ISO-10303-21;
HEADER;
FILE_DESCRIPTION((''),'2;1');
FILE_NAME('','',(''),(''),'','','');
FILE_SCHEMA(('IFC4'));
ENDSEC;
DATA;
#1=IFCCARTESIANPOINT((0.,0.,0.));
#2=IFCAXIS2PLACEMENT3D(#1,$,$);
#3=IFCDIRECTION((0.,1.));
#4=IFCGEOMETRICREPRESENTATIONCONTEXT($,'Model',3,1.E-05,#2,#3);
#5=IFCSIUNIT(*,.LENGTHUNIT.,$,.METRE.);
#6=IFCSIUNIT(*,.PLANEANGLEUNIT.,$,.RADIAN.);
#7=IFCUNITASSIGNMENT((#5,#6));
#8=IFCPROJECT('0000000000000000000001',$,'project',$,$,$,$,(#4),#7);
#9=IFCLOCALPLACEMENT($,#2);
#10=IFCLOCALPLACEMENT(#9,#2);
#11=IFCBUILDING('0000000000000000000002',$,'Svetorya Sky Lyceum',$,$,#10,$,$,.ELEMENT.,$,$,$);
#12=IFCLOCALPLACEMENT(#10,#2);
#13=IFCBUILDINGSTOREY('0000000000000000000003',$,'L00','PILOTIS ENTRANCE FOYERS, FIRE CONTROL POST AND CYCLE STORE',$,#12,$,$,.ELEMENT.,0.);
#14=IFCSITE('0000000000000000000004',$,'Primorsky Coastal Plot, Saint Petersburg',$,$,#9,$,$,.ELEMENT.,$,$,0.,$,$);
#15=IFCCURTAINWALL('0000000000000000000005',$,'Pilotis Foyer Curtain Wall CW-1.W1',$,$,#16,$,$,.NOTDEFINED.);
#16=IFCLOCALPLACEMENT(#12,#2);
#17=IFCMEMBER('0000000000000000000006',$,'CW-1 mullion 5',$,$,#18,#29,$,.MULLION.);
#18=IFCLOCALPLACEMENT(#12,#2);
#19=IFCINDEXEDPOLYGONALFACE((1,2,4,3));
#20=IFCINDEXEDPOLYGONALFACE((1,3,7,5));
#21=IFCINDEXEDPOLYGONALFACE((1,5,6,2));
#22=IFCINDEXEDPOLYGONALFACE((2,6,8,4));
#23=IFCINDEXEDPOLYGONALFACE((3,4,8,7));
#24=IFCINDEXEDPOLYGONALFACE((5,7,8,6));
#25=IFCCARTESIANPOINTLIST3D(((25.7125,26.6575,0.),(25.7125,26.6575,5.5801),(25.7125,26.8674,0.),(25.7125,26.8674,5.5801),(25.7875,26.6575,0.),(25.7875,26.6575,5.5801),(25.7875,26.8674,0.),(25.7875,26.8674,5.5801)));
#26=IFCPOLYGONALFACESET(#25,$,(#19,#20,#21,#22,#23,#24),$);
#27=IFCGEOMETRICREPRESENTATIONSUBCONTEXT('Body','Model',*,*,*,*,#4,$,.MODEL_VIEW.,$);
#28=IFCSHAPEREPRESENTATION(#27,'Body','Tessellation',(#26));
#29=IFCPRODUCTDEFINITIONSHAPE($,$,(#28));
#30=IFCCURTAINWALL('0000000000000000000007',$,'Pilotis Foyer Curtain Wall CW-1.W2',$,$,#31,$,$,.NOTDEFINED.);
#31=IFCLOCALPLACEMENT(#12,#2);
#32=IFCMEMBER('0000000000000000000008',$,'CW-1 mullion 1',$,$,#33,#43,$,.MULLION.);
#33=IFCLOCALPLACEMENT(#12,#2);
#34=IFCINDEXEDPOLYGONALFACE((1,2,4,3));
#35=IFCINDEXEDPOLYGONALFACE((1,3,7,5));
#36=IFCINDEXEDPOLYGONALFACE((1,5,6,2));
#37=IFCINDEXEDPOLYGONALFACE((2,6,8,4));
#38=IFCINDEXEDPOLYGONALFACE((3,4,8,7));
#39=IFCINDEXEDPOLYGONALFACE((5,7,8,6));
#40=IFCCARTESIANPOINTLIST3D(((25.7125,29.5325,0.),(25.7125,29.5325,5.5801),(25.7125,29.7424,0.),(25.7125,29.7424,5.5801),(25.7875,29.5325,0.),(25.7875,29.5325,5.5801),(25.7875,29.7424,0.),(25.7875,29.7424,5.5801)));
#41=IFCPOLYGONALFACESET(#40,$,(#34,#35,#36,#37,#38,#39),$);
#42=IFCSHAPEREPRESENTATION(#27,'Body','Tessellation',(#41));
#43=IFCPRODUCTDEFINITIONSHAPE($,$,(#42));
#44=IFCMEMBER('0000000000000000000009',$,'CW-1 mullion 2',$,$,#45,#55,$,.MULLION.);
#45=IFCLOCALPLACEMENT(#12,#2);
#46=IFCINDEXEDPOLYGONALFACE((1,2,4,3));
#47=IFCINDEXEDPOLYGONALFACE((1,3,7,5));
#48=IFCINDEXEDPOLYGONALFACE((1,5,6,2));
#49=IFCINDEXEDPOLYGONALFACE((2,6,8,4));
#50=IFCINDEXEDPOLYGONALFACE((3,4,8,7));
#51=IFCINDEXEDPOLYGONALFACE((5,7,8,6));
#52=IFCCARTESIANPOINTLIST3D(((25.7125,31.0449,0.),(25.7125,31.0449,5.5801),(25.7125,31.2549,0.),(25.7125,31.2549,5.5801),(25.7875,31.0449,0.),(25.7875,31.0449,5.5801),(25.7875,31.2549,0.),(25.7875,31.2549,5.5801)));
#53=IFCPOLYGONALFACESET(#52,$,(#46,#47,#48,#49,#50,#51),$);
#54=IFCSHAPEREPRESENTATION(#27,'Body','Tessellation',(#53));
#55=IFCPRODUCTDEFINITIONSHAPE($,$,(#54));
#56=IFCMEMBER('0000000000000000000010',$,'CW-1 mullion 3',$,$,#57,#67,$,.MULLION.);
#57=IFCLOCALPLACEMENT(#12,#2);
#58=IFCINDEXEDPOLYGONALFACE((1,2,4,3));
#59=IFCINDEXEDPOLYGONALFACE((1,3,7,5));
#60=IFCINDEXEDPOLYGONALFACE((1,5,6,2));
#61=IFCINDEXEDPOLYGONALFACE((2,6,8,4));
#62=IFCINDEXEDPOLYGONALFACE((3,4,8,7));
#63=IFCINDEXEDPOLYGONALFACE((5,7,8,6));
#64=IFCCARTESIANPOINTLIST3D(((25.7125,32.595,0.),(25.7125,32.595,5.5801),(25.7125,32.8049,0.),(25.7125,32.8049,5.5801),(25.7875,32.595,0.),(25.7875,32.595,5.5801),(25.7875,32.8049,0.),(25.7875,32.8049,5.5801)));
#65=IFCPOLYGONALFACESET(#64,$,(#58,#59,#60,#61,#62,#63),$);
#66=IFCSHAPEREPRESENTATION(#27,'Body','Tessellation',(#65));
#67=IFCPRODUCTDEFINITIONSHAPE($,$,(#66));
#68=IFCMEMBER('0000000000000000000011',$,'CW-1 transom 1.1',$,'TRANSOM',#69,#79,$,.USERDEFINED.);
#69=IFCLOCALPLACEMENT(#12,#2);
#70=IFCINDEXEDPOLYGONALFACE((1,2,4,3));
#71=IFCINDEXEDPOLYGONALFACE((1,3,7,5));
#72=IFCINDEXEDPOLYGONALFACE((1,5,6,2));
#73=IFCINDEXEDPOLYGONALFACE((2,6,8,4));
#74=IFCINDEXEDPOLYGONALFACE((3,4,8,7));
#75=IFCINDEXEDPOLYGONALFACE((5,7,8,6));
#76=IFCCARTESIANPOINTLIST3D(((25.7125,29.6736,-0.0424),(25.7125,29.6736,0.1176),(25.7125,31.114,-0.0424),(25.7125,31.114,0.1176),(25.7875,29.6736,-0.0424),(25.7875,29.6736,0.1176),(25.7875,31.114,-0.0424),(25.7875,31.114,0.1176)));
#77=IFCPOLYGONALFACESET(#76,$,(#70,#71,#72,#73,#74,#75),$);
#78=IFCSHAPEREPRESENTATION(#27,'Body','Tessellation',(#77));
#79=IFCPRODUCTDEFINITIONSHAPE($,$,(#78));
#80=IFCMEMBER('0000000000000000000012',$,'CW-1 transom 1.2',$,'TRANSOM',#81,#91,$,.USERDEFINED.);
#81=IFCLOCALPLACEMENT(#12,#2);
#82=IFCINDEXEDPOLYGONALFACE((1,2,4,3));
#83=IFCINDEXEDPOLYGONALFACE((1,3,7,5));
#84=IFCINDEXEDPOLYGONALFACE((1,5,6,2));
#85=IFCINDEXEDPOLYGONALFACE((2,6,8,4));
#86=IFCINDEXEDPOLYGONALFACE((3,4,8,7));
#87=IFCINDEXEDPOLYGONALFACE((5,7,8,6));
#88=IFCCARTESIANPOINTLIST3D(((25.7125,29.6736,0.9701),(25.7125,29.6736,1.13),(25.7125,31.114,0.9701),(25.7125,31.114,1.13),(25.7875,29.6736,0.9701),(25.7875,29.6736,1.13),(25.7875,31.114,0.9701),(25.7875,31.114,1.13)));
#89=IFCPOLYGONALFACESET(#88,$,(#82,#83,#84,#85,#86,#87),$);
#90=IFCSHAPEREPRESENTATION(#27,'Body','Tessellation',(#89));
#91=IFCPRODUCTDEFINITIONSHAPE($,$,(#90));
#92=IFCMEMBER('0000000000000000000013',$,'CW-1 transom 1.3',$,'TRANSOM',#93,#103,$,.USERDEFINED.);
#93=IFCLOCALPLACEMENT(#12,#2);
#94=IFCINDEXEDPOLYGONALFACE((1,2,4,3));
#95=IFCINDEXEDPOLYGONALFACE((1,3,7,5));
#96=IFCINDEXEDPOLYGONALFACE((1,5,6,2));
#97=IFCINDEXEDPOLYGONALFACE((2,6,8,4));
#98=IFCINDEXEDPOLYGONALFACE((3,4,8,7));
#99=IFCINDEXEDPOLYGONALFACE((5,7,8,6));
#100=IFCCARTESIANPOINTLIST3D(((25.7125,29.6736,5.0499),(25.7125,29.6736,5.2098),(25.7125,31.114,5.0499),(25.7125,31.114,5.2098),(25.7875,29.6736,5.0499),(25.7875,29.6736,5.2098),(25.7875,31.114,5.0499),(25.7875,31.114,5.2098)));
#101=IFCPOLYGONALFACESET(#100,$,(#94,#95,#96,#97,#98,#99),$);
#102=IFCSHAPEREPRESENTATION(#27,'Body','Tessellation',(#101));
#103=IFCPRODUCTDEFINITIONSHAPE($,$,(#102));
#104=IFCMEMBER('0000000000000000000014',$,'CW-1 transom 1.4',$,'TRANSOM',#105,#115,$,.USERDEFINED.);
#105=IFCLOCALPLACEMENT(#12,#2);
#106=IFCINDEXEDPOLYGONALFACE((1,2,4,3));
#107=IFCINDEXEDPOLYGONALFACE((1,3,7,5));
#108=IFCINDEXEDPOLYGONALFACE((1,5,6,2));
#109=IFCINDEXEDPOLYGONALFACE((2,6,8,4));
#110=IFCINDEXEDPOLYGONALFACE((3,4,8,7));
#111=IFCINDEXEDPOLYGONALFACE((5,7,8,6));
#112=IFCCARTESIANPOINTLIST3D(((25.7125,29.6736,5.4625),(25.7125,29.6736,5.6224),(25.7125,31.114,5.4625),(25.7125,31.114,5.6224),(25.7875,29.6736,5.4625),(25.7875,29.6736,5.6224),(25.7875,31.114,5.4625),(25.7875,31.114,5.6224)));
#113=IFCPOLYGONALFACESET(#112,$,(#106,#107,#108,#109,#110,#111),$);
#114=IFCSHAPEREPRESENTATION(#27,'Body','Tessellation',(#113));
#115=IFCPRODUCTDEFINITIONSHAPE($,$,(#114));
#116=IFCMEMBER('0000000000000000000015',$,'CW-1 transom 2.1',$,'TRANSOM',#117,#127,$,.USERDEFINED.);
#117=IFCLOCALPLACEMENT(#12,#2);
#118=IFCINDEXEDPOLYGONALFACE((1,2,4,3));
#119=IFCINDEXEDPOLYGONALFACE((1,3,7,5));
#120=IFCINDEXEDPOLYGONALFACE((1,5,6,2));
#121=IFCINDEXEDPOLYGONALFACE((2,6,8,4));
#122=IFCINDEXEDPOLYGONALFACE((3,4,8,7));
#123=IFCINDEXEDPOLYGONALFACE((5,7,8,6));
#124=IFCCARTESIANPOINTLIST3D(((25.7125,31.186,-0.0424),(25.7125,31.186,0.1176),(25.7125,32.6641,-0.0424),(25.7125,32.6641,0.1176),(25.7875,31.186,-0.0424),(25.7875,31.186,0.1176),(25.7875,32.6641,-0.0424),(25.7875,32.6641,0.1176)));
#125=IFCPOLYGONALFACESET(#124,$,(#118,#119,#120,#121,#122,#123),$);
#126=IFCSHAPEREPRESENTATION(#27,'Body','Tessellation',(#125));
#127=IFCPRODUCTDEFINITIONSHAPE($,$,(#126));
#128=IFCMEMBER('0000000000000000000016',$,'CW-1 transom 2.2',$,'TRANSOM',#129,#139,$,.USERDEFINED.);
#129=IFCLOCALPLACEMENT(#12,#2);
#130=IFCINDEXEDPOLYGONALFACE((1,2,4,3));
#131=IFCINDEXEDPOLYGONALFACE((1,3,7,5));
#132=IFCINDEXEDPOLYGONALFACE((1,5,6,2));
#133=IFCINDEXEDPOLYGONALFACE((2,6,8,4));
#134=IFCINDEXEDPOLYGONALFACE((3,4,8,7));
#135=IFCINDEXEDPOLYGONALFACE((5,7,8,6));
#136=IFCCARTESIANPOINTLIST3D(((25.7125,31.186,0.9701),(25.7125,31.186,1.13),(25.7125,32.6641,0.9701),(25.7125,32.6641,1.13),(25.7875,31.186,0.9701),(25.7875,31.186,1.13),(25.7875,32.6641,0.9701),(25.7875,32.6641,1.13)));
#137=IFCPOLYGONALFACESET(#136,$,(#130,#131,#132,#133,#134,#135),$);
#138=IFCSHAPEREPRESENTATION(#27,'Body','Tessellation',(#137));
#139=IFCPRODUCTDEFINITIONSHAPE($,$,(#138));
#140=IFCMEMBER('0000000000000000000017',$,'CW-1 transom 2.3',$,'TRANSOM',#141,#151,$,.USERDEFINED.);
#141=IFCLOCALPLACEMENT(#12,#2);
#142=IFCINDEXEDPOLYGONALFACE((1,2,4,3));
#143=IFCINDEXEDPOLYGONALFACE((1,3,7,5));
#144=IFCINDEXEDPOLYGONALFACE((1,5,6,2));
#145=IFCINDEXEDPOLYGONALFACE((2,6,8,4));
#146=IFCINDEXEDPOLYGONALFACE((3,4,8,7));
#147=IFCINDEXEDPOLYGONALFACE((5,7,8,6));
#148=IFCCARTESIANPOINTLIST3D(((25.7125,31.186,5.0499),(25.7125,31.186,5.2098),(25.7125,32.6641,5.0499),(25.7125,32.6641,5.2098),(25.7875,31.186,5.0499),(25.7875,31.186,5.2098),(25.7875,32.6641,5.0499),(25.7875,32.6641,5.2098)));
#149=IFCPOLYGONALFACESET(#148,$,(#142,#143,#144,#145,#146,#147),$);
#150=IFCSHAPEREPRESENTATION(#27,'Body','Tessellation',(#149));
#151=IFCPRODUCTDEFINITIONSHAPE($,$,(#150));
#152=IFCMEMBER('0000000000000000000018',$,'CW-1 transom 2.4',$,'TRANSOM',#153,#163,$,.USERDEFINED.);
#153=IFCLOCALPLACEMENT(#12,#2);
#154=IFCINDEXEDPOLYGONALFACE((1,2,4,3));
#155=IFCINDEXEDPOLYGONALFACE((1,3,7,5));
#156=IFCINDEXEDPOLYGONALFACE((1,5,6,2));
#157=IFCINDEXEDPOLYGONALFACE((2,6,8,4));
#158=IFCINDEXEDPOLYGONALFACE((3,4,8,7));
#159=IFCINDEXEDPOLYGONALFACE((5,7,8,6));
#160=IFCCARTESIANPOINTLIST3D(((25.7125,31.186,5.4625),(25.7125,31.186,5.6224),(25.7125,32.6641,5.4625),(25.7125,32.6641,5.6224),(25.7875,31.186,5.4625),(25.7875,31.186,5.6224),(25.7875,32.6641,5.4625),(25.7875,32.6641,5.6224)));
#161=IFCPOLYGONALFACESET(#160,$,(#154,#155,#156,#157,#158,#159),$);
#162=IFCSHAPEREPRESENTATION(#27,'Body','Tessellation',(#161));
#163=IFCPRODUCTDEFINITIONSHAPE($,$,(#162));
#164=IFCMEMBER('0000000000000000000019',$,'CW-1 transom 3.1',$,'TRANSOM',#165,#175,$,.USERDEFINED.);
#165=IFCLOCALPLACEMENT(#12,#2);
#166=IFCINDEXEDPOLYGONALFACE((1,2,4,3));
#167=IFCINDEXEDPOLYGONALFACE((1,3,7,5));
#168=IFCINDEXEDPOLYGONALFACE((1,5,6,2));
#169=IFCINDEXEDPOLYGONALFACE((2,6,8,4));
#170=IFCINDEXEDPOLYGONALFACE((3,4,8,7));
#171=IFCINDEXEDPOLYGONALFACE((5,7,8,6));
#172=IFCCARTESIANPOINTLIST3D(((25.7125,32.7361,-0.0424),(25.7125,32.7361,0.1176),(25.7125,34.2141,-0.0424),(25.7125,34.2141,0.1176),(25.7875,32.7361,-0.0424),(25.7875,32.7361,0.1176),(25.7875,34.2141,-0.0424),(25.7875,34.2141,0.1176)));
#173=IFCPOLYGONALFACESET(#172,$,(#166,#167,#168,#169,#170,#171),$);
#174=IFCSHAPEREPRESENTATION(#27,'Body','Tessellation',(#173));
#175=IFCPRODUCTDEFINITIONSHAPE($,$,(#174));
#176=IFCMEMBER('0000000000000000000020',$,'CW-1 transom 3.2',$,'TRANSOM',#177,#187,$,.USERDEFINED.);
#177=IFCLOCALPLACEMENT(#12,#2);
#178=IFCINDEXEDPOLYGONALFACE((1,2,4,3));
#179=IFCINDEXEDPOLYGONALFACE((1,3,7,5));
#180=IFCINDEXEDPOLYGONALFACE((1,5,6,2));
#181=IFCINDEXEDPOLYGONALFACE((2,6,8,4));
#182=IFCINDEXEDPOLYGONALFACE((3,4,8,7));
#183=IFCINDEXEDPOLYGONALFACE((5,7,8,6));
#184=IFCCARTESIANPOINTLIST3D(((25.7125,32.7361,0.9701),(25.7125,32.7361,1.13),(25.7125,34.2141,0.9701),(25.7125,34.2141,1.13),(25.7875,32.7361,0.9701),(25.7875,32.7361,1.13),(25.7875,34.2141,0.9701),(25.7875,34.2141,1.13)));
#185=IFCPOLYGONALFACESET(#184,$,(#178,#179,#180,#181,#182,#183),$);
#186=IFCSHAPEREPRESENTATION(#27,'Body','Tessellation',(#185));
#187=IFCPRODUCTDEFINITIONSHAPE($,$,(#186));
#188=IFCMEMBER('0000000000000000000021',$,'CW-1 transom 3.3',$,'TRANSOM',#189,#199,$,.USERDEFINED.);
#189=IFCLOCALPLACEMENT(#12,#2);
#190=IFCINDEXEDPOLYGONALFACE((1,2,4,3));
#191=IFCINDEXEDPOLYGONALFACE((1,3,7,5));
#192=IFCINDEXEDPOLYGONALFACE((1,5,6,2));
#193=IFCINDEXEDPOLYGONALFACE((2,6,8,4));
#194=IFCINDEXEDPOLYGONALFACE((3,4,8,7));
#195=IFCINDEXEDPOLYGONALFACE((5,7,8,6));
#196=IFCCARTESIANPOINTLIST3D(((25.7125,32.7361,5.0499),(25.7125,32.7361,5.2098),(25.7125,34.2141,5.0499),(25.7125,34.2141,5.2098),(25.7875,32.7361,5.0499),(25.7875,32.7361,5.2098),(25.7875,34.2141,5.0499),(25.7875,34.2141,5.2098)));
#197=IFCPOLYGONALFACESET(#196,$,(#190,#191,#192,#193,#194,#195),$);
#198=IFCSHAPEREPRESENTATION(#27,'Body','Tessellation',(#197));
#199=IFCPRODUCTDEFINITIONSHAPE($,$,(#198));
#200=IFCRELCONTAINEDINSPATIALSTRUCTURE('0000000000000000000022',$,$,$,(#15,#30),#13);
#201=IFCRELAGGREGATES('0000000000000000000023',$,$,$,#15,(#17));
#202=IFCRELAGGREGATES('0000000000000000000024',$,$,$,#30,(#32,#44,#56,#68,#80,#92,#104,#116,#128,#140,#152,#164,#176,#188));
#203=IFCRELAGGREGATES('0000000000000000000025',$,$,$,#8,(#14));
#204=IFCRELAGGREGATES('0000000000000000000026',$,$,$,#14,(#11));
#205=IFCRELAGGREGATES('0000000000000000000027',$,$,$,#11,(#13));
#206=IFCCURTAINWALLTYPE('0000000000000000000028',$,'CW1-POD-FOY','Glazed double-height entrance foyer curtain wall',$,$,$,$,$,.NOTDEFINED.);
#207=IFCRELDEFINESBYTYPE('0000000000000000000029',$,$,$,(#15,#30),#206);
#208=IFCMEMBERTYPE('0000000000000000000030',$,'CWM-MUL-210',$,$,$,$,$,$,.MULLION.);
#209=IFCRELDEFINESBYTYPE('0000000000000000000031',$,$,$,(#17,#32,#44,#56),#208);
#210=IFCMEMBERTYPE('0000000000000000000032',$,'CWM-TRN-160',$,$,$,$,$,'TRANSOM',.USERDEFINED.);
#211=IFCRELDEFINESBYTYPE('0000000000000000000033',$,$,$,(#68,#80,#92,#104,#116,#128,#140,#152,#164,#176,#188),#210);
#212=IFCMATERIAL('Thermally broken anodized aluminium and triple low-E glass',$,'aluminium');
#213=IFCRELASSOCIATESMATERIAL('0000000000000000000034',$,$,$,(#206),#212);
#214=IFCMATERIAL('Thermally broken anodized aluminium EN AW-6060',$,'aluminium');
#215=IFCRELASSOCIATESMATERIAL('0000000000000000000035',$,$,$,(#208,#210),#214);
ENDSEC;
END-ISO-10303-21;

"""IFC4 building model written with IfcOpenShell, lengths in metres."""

from ifc_helpers import new_model, si_unit, direction, frame, origin, origin_2d, place, context, subcontext, project, spatial, rectangle, extrude, material, material_profile, profile_set, type_object, element, aggregate, save


model = new_model("IFC4")

# Units and contexts
model_context = context("Model", 3, precision=1e-05, world=origin(), true_north=direction((0.0, 1.0)))
body_context = subcontext(model_context, "Body", "Model", "MODEL_VIEW")
ifc_project = project(units=[si_unit("LENGTHUNIT", "METRE"), si_unit("PLANEANGLEUNIT", "RADIAN")], contexts=[model_context])

# Site, building, storey
site_placement = place(None, origin())
site = spatial("IfcSite", under=ifc_project, at=site_placement, Name="Primorsky Coastal Plot, Saint Petersburg", CompositionType="ELEMENT", RefElevation=0.0)
building_placement = place(site_placement, origin())
building = spatial("IfcBuilding", under=site, at=building_placement, Name="Svetorya Sky Lyceum", CompositionType="ELEMENT")
storey_placement = place(building_placement, origin())
storey = spatial("IfcBuildingStorey", under=building, at=storey_placement, Name="L00", Description="PILOTIS ENTRANCE FOYERS, FIRE CONTROL POST AND CYCLE STORE", CompositionType="ELEMENT", Elevation=0.0)

# Curtain wall, member
ifc_material_1 = material(Name="Thermally broken anodized aluminium and triple low-E glass", Category="aluminium")
curtain_wall_type = type_object("IfcCurtainWallType", Name="CW1-POD-FOY", Description="Glazed double-height entrance foyer curtain wall", PredefinedType="NOTDEFINED", material=ifc_material_1)
curtain_wall_1_placement = place(storey_placement, origin())
curtain_wall_1 = element("IfcCurtainWall", 1, at=curtain_wall_1_placement, inside=storey, type_object=curtain_wall_type, Name="Pilotis Foyer Curtain Wall CW-1.W1", PredefinedType="NOTDEFINED")
ifc_material_2 = material(Name="Thermally broken anodized aluminium EN AW-6060", Category="aluminium")
ifc_material_profile_1 = material_profile(ifc_material_2, rectangle(XDim=0.075, YDim=0.21, at=origin_2d()), Name="ALU MULLION 75x210")
ifc_profile_set_1 = profile_set([ifc_material_profile_1], Name="Thermally broken anodized aluminium EN AW-6060")
member_type_1 = type_object("IfcMemberType", Name="CWM-MUL-210", PredefinedType="MULLION", material=ifc_profile_set_1)
member_1_placement = place(storey_placement, frame((25.75, 26.7625, 0.0), z_axis=(0.0, 0.0, 1.0), x_axis=(-1.0, 0.0, 0.0)))
member_1 = element("IfcMember", 2, at=member_1_placement, type_object=member_type_1, Name="CW-1 mullion 5", PredefinedType="MULLION", context=body_context, shape_type="SweptSolid", body=[
    extrude(rectangle(XDim=0.075, YDim=0.21, at=origin_2d()), origin(), (0.0, 0.0, 1.0), 5.5801),
])

# Curtain wall, members
curtain_wall_2_placement = place(storey_placement, origin())
curtain_wall_2 = element("IfcCurtainWall", 3, at=curtain_wall_2_placement, inside=storey, type_object=curtain_wall_type, Name="Pilotis Foyer Curtain Wall CW-1.W2", PredefinedType="NOTDEFINED")
member_2_placement = place(storey_placement, frame((25.75, 29.6375, 0.0), z_axis=(0.0, 0.0, 1.0), x_axis=(-1.0, 0.0, 0.0)))
member_2 = element("IfcMember", 4, at=member_2_placement, type_object=member_type_1, Name="CW-1 mullion 1", PredefinedType="MULLION", context=body_context, shape_type="SweptSolid", body=[
    extrude(rectangle(XDim=0.075, YDim=0.21, at=origin_2d()), origin(), (0.0, 0.0, 1.0), 5.5801),
])
member_3_placement = place(storey_placement, frame((25.75, 31.1499, 0.0), z_axis=(0.0, 0.0, 1.0), x_axis=(-1.0, 0.0, 0.0)))
member_3 = element("IfcMember", 5, at=member_3_placement, type_object=member_type_1, Name="CW-1 mullion 2", PredefinedType="MULLION", context=body_context, shape_type="SweptSolid", body=[
    extrude(rectangle(XDim=0.075, YDim=0.21, at=origin_2d()), origin(), (0.0, 0.0, 1.0), 5.5801),
])
member_4_placement = place(storey_placement, frame((25.75, 32.7, 0.0), z_axis=(0.0, 0.0, 1.0), x_axis=(-1.0, 0.0, 0.0)))
member_4 = element("IfcMember", 6, at=member_4_placement, type_object=member_type_1, Name="CW-1 mullion 3", PredefinedType="MULLION", context=body_context, shape_type="SweptSolid", body=[
    extrude(rectangle(XDim=0.075, YDim=0.21, at=origin_2d()), origin(), (0.0, 0.0, 1.0), 5.5801),
])
ifc_material_profile_2 = material_profile(ifc_material_2, rectangle(XDim=0.075, YDim=0.1599, at=origin_2d()), Name="ALU TRANSOM 75x160")
ifc_profile_set_2 = profile_set([ifc_material_profile_2], Name="Thermally broken anodized aluminium EN AW-6060")
member_type_2 = type_object("IfcMemberType", Name="CWM-TRN-160", ElementType="TRANSOM", PredefinedType="USERDEFINED", material=ifc_profile_set_2)
member_5_placement = place(storey_placement, frame((25.75, 29.6736, 0.0376), z_axis=(0.0, 1.0, 0.0), x_axis=(-1.0, 0.0, 0.0)))
member_5 = element("IfcMember", 7, at=member_5_placement, type_object=member_type_2, Name="CW-1 transom 1.1", ObjectType="TRANSOM", PredefinedType="USERDEFINED", context=body_context, shape_type="SweptSolid", body=[
    extrude(rectangle(XDim=0.075, YDim=0.1599, at=origin_2d()), origin(), (0.0, 0.0, 1.0), 1.4404),
])
member_6_placement = place(storey_placement, frame((25.75, 29.6736, 1.05), z_axis=(0.0, 1.0, 0.0), x_axis=(-1.0, 0.0, 0.0)))
member_6 = element("IfcMember", 8, at=member_6_placement, type_object=member_type_2, Name="CW-1 transom 1.2", ObjectType="TRANSOM", PredefinedType="USERDEFINED", context=body_context, shape_type="SweptSolid", body=[
    extrude(rectangle(XDim=0.075, YDim=0.1599, at=origin_2d()), origin(), (0.0, 0.0, 1.0), 1.4404),
])
member_7_placement = place(storey_placement, frame((25.75, 29.6736, 5.1299), z_axis=(0.0, 1.0, 0.0), x_axis=(-1.0, 0.0, 0.0)))
member_7 = element("IfcMember", 9, at=member_7_placement, type_object=member_type_2, Name="CW-1 transom 1.3", ObjectType="TRANSOM", PredefinedType="USERDEFINED", context=body_context, shape_type="SweptSolid", body=[
    extrude(rectangle(XDim=0.075, YDim=0.1599, at=origin_2d()), origin(), (0.0, 0.0, 1.0), 1.4404),
])
member_8_placement = place(storey_placement, frame((25.75, 29.6736, 5.5425), z_axis=(0.0, 1.0, 0.0), x_axis=(-1.0, 0.0, 0.0)))
member_8 = element("IfcMember", 10, at=member_8_placement, type_object=member_type_2, Name="CW-1 transom 1.4", ObjectType="TRANSOM", PredefinedType="USERDEFINED", context=body_context, shape_type="SweptSolid", body=[
    extrude(rectangle(XDim=0.075, YDim=0.1599, at=origin_2d()), origin(), (0.0, 0.0, 1.0), 1.4404),
])
member_9_placement = place(storey_placement, frame((25.75, 31.186, 0.0376), z_axis=(0.0, 1.0, 0.0), x_axis=(-1.0, 0.0, 0.0)))
member_9 = element("IfcMember", 11, at=member_9_placement, type_object=member_type_2, Name="CW-1 transom 2.1", ObjectType="TRANSOM", PredefinedType="USERDEFINED", context=body_context, shape_type="SweptSolid", body=[
    extrude(rectangle(XDim=0.075, YDim=0.1599, at=origin_2d()), origin(), (0.0, 0.0, 1.0), 1.478),
])
member_10_placement = place(storey_placement, frame((25.75, 31.186, 1.05), z_axis=(0.0, 1.0, 0.0), x_axis=(-1.0, 0.0, 0.0)))
member_10 = element("IfcMember", 12, at=member_10_placement, type_object=member_type_2, Name="CW-1 transom 2.2", ObjectType="TRANSOM", PredefinedType="USERDEFINED", context=body_context, shape_type="SweptSolid", body=[
    extrude(rectangle(XDim=0.075, YDim=0.1599, at=origin_2d()), origin(), (0.0, 0.0, 1.0), 1.478),
])
member_11_placement = place(storey_placement, frame((25.75, 31.186, 5.1299), z_axis=(0.0, 1.0, 0.0), x_axis=(-1.0, 0.0, 0.0)))
member_11 = element("IfcMember", 13, at=member_11_placement, type_object=member_type_2, Name="CW-1 transom 2.3", ObjectType="TRANSOM", PredefinedType="USERDEFINED", context=body_context, shape_type="SweptSolid", body=[
    extrude(rectangle(XDim=0.075, YDim=0.1599, at=origin_2d()), origin(), (0.0, 0.0, 1.0), 1.478),
])
member_12_placement = place(storey_placement, frame((25.75, 31.186, 5.5425), z_axis=(0.0, 1.0, 0.0), x_axis=(-1.0, 0.0, 0.0)))
member_12 = element("IfcMember", 14, at=member_12_placement, type_object=member_type_2, Name="CW-1 transom 2.4", ObjectType="TRANSOM", PredefinedType="USERDEFINED", context=body_context, shape_type="SweptSolid", body=[
    extrude(rectangle(XDim=0.075, YDim=0.1599, at=origin_2d()), origin(), (0.0, 0.0, 1.0), 1.478),
])
member_13_placement = place(storey_placement, frame((25.75, 32.7361, 0.0376), z_axis=(0.0, 1.0, 0.0), x_axis=(-1.0, 0.0, 0.0)))
member_13 = element("IfcMember", 15, at=member_13_placement, type_object=member_type_2, Name="CW-1 transom 3.1", ObjectType="TRANSOM", PredefinedType="USERDEFINED", context=body_context, shape_type="SweptSolid", body=[
    extrude(rectangle(XDim=0.075, YDim=0.1599, at=origin_2d()), origin(), (0.0, 0.0, 1.0), 1.478),
])
member_14_placement = place(storey_placement, frame((25.75, 32.7361, 1.05), z_axis=(0.0, 1.0, 0.0), x_axis=(-1.0, 0.0, 0.0)))
member_14 = element("IfcMember", 16, at=member_14_placement, type_object=member_type_2, Name="CW-1 transom 3.2", ObjectType="TRANSOM", PredefinedType="USERDEFINED", context=body_context, shape_type="SweptSolid", body=[
    extrude(rectangle(XDim=0.075, YDim=0.1599, at=origin_2d()), origin(), (0.0, 0.0, 1.0), 1.478),
])
member_15_placement = place(storey_placement, frame((25.75, 32.7361, 5.1299), z_axis=(0.0, 1.0, 0.0), x_axis=(-1.0, 0.0, 0.0)))
member_15 = element("IfcMember", 17, at=member_15_placement, type_object=member_type_2, Name="CW-1 transom 3.3", ObjectType="TRANSOM", PredefinedType="USERDEFINED", context=body_context, shape_type="SweptSolid", body=[
    extrude(rectangle(XDim=0.075, YDim=0.1599, at=origin_2d()), origin(), (0.0, 0.0, 1.0), 1.478),
])

aggregate(curtain_wall_1, [member_1])
aggregate(curtain_wall_2, [member_2, member_3, member_4, member_5, member_6, member_7, member_8, member_9, member_10, member_11, member_12, member_13, member_14, member_15])

save(model, "model.ifc")
